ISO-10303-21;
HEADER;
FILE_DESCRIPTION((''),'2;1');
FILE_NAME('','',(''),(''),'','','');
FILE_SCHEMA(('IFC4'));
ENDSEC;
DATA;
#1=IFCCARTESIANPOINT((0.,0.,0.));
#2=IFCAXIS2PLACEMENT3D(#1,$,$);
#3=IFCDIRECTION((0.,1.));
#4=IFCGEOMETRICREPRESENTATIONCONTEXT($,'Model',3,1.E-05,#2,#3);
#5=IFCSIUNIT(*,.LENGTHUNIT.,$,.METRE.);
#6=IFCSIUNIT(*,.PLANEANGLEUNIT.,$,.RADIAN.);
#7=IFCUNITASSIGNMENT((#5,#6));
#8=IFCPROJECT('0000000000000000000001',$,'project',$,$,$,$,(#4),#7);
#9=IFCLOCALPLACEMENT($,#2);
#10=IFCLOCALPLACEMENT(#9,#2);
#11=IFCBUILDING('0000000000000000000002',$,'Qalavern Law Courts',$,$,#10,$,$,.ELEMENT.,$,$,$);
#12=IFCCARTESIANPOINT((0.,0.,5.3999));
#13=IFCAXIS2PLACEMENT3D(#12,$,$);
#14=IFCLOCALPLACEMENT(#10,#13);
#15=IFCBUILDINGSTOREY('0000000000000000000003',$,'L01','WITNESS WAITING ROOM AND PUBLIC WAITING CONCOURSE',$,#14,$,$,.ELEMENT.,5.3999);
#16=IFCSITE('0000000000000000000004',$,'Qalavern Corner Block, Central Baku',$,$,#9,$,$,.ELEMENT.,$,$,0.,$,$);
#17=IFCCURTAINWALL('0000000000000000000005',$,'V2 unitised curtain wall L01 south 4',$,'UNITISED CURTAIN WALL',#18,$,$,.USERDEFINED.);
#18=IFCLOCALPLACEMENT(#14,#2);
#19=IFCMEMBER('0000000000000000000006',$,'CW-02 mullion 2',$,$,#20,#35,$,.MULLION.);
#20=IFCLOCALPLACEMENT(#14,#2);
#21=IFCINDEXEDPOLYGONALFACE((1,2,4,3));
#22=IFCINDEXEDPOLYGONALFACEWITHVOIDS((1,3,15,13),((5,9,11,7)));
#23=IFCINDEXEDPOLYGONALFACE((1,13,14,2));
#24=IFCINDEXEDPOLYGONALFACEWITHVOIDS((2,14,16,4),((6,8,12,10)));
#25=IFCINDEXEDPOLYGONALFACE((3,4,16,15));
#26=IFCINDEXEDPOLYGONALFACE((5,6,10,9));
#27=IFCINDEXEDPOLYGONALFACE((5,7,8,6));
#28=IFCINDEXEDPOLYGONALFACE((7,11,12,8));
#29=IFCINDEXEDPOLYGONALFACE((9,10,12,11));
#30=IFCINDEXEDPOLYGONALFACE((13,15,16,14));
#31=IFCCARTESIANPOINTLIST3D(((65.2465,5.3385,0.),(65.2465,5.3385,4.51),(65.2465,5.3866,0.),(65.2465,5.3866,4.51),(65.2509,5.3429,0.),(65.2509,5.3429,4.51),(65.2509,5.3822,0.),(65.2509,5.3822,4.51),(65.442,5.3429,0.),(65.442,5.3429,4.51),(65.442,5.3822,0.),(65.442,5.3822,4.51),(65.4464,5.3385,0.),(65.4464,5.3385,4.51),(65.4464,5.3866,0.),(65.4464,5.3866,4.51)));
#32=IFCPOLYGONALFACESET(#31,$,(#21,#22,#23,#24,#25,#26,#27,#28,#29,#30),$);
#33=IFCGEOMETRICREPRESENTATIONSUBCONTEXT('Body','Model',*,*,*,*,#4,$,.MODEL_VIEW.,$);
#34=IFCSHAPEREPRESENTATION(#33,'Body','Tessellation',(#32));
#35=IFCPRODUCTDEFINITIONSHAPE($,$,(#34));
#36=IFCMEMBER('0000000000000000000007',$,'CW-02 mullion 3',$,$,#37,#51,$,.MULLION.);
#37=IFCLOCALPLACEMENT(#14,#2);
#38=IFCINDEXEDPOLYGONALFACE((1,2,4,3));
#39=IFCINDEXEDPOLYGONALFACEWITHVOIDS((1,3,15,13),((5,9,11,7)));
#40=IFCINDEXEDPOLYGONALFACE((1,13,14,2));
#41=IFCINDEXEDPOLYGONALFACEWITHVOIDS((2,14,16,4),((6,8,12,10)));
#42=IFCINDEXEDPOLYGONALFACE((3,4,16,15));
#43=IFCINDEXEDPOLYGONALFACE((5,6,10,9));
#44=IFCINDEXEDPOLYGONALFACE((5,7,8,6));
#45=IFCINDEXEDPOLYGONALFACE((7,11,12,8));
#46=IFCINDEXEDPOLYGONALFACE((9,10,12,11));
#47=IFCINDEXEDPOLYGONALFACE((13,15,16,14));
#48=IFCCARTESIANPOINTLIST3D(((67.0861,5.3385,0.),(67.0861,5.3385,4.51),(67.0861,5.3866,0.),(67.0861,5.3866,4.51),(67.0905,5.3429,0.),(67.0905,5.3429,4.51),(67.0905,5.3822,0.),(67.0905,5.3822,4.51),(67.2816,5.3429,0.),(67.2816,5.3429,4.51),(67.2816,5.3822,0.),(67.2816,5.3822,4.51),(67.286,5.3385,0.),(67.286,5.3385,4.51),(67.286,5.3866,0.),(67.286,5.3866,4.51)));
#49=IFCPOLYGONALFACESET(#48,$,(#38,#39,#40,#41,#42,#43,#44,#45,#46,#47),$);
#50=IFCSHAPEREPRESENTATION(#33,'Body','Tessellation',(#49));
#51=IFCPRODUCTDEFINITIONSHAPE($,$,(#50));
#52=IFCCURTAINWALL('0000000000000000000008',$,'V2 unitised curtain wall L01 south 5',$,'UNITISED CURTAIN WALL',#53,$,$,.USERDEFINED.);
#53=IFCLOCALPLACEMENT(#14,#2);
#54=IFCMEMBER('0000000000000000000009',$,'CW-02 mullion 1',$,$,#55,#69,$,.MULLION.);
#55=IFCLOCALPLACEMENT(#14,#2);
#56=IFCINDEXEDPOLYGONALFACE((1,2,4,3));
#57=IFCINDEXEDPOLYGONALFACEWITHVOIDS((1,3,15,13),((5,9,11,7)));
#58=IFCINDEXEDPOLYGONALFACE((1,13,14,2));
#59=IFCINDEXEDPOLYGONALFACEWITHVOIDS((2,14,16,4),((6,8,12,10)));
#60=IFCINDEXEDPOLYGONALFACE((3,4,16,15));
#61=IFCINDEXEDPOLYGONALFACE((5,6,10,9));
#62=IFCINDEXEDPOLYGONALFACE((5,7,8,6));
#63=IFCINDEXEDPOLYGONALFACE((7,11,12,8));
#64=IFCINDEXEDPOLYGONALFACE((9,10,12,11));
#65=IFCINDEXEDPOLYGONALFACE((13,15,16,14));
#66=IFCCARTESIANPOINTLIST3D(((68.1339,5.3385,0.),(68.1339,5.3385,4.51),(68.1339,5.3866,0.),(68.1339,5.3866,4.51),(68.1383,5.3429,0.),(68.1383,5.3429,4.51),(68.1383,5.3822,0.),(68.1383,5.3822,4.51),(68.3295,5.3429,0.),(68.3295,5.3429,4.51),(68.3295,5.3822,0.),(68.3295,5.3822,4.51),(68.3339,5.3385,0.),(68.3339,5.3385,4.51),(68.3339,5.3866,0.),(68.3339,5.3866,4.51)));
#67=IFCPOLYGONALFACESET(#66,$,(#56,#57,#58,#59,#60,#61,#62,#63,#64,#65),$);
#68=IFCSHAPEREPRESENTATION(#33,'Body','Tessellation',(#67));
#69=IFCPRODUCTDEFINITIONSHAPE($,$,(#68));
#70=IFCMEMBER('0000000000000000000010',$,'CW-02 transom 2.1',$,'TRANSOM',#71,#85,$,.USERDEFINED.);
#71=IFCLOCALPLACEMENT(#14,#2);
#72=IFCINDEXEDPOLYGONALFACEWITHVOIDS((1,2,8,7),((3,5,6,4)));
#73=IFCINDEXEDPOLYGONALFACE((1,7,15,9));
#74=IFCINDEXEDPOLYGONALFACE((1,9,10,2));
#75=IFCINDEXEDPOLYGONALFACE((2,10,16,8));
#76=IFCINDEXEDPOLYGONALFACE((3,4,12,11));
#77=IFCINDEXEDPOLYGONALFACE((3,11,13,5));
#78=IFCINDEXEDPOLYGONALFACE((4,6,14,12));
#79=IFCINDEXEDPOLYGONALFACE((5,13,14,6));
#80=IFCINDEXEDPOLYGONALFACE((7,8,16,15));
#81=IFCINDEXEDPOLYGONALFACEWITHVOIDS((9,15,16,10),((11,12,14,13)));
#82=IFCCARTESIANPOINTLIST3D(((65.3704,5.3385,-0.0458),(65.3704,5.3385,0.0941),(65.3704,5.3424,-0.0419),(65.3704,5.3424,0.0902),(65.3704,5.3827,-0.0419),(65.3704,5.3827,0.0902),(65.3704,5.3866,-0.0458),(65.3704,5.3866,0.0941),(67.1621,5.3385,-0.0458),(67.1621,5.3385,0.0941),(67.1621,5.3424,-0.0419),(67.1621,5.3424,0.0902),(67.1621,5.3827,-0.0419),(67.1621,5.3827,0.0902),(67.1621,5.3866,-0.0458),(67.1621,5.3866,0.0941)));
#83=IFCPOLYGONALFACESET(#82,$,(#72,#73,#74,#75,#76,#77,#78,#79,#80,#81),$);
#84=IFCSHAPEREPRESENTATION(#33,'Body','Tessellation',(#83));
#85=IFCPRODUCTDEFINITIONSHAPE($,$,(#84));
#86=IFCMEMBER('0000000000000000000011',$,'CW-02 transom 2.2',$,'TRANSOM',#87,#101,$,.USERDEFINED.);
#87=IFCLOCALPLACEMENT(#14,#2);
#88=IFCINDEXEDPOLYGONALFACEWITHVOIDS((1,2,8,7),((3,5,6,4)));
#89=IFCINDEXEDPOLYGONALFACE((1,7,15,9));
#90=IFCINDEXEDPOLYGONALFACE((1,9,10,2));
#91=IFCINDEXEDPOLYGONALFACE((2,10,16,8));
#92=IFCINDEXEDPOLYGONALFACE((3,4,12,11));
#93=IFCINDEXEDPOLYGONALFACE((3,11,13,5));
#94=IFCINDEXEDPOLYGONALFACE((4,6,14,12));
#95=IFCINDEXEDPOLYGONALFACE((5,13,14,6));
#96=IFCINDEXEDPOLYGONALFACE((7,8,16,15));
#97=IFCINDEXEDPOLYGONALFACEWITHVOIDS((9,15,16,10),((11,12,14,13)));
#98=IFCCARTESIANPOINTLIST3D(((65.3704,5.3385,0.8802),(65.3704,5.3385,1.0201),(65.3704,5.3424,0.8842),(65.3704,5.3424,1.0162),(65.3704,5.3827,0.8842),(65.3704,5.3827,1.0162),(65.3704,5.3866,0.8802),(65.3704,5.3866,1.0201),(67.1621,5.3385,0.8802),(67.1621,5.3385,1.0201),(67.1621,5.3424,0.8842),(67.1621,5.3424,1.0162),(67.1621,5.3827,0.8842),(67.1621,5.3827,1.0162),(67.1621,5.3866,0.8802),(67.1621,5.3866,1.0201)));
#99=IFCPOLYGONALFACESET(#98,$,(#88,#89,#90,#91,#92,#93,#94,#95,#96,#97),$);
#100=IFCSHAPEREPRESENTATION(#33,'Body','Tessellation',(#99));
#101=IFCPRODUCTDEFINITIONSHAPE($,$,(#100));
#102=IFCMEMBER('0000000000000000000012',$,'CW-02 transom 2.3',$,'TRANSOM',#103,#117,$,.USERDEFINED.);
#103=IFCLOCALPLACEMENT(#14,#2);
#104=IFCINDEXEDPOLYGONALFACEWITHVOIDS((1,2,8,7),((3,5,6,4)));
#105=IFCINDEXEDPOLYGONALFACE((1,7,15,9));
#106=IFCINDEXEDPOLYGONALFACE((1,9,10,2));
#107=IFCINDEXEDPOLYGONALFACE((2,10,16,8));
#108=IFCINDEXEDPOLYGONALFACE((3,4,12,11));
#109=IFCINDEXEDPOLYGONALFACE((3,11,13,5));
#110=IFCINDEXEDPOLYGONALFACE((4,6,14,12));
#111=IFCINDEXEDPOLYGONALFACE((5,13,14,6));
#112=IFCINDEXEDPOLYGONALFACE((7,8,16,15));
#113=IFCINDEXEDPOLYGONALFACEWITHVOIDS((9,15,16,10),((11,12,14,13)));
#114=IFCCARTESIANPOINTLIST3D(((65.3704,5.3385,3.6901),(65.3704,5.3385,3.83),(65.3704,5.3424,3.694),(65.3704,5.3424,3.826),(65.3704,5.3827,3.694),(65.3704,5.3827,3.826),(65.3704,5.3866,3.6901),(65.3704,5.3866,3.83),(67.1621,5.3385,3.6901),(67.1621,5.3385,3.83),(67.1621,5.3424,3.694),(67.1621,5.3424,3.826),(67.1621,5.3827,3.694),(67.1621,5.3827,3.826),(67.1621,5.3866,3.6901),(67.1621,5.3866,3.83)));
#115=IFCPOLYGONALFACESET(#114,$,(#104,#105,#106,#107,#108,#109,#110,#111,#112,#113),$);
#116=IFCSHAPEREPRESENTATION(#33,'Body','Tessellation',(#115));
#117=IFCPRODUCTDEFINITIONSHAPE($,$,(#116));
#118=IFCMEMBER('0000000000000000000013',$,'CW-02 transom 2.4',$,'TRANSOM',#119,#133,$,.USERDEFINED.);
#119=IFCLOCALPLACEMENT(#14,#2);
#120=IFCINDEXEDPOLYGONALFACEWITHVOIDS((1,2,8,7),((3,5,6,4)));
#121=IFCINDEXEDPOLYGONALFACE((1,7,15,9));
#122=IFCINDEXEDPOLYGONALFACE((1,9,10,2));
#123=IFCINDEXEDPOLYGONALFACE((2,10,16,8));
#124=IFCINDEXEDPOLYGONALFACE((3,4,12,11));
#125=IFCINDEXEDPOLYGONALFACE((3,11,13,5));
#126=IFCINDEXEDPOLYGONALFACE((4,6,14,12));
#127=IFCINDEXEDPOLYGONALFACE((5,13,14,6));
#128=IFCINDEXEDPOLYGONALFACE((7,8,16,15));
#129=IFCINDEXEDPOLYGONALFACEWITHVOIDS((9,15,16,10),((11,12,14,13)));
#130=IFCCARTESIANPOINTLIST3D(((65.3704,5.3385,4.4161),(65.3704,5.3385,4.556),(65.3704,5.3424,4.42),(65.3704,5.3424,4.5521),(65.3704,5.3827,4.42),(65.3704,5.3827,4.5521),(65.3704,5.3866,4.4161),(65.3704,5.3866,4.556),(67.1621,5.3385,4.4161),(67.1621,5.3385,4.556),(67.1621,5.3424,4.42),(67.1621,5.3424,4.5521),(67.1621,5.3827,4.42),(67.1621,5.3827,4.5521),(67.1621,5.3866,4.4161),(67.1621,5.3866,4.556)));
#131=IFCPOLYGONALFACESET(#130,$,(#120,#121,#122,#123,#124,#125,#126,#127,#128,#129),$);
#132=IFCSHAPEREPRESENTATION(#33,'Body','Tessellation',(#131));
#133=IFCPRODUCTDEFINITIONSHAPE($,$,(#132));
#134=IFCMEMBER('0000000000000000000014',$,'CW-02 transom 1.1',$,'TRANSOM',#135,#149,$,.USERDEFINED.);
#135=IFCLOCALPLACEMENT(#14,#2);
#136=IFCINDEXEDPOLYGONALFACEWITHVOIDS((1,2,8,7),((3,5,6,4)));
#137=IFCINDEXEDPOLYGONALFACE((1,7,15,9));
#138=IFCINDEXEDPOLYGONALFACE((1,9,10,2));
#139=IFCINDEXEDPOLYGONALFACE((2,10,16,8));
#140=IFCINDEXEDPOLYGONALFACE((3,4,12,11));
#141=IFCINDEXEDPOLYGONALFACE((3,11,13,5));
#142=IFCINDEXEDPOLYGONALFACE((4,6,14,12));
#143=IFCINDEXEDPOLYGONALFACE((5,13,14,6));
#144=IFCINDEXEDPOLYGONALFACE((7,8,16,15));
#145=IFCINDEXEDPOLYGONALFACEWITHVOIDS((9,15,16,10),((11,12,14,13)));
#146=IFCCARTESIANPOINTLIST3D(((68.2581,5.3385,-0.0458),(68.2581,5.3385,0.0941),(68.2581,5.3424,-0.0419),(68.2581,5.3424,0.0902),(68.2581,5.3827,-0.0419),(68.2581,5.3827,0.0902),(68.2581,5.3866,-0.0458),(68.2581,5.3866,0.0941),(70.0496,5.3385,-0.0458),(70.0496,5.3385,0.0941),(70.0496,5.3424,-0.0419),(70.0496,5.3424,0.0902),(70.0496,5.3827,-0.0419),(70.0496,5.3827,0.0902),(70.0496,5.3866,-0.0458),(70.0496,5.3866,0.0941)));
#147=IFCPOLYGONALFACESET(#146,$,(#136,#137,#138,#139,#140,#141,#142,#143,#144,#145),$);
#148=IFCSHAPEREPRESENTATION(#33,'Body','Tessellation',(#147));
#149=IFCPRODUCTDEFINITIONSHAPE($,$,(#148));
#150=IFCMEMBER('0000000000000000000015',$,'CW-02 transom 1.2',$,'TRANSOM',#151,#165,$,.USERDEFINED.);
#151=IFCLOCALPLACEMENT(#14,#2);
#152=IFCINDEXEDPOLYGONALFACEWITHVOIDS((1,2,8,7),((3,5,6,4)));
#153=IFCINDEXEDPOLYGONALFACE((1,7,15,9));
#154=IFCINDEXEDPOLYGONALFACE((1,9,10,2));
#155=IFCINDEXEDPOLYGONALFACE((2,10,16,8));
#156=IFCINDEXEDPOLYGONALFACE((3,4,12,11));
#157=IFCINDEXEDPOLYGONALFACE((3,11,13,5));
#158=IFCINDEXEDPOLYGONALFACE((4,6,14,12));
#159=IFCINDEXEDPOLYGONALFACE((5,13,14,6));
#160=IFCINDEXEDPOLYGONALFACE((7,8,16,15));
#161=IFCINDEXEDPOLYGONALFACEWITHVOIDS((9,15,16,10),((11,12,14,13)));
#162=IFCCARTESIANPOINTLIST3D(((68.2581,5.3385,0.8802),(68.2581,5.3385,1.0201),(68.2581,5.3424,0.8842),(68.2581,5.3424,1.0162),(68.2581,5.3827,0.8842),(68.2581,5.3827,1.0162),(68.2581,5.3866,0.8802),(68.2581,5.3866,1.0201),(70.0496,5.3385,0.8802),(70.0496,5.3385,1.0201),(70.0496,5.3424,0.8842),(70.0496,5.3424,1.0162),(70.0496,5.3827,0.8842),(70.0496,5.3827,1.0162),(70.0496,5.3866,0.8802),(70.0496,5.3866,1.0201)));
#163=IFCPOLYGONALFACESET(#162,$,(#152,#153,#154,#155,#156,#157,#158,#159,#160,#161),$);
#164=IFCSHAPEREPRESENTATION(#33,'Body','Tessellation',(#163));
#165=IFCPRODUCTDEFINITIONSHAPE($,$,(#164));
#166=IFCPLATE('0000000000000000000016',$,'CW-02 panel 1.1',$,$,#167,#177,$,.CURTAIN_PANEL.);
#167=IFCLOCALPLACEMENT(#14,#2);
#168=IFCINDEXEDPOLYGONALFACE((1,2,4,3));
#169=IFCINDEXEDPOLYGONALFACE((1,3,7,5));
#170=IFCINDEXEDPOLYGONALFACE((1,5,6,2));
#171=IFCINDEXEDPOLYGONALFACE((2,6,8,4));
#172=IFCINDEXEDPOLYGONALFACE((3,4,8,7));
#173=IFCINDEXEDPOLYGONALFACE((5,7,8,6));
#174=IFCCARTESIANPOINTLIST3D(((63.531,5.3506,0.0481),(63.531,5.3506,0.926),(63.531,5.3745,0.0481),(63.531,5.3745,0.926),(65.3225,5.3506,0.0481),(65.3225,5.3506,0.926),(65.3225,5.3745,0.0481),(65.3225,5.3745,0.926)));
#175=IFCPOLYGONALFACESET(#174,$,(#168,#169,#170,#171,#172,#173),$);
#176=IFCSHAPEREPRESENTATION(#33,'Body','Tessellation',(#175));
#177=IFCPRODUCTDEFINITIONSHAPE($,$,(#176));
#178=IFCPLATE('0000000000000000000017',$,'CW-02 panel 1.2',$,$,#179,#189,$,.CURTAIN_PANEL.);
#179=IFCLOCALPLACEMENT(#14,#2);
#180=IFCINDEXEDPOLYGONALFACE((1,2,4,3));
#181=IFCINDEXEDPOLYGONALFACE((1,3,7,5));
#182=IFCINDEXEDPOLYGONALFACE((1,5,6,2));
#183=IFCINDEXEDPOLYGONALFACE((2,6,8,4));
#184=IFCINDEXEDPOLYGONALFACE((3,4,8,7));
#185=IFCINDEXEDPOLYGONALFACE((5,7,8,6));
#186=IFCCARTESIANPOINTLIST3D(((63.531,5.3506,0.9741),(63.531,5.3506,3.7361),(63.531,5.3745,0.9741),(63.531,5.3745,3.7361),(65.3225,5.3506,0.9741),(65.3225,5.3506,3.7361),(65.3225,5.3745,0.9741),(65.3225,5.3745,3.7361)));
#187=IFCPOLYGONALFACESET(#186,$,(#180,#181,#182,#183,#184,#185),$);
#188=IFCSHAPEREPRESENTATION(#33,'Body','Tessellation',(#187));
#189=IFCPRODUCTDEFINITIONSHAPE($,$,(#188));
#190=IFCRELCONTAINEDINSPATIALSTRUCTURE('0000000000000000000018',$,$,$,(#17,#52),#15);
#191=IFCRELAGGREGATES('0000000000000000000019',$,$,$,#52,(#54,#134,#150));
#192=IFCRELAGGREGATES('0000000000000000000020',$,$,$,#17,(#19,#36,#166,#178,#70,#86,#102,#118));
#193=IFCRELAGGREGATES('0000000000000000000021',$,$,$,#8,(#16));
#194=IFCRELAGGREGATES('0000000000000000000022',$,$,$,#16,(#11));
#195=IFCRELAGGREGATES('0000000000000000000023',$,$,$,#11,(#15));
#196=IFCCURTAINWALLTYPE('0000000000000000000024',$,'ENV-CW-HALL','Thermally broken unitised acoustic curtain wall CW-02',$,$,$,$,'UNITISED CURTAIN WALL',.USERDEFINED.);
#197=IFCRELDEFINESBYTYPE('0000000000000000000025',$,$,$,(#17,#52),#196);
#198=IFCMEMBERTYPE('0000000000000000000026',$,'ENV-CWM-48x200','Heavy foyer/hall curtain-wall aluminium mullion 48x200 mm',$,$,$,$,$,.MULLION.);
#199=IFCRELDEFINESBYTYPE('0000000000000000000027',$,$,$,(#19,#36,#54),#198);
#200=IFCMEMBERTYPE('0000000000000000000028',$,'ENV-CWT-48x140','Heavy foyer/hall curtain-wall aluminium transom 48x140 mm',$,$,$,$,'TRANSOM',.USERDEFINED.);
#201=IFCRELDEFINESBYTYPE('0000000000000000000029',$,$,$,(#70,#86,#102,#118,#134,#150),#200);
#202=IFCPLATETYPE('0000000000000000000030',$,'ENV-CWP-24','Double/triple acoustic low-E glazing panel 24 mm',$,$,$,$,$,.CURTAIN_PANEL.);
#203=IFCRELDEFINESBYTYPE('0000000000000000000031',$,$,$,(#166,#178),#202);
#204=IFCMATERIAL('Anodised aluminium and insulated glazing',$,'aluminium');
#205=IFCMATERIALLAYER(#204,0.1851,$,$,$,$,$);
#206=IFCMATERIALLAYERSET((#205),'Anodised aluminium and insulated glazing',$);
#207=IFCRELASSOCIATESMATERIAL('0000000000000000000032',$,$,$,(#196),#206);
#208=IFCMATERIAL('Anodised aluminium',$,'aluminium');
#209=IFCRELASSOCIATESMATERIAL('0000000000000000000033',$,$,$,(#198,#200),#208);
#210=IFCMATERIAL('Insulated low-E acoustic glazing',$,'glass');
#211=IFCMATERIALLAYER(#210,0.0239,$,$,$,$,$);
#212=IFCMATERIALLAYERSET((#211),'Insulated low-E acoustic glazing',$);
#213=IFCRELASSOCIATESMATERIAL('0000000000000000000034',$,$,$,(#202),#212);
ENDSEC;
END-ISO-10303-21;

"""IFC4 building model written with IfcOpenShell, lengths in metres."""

from ifc_helpers import new_model, si_unit, direction, frame, origin, origin_2d, place, context, subcontext, project, spatial, rectangle, hollow_rectangle, extrude, material, layer, layer_set, material_profile, profile_set, type_object, element, aggregate, save


model = new_model("IFC4")

# Units and contexts
model_context = context("Model", 3, precision=1e-05, world=origin(), true_north=direction((0.0, 1.0)))
body_context = subcontext(model_context, "Body", "Model", "MODEL_VIEW")
ifc_project = project(units=[si_unit("LENGTHUNIT", "METRE"), si_unit("PLANEANGLEUNIT", "RADIAN")], contexts=[model_context])

# Site, building, storey
site_placement = place(None, origin())
site = spatial("IfcSite", under=ifc_project, at=site_placement, Name="Qalavern Corner Block, Central Baku", CompositionType="ELEMENT", RefElevation=0.0)
building_placement = place(site_placement, origin())
building = spatial("IfcBuilding", under=site, at=building_placement, Name="Qalavern Law Courts", CompositionType="ELEMENT")
storey_placement = place(building_placement, frame((0.0, 0.0, 5.3999)))
storey = spatial("IfcBuildingStorey", under=building, at=storey_placement, Name="L01", Description="WITNESS WAITING ROOM AND PUBLIC WAITING CONCOURSE", CompositionType="ELEMENT", Elevation=5.3999)

# Curtain wall, members
ifc_material_1 = material(Name="Anodised aluminium and insulated glazing", Category="aluminium")
ifc_layer_1 = layer(ifc_material_1, 0.1851)
ifc_layer_set_1 = layer_set([ifc_layer_1], Name="Anodised aluminium and insulated glazing")
curtain_wall_type = type_object("IfcCurtainWallType", Name="ENV-CW-HALL", Description="Thermally broken unitised acoustic curtain wall CW-02", ElementType="UNITISED CURTAIN WALL", PredefinedType="USERDEFINED", material=ifc_layer_set_1)
curtain_wall_1_placement = place(storey_placement, origin())
curtain_wall_1 = element("IfcCurtainWall", 1, at=curtain_wall_1_placement, inside=storey, type_object=curtain_wall_type, Name="V2 unitised curtain wall L01 south 4", ObjectType="UNITISED CURTAIN WALL", PredefinedType="USERDEFINED")
ifc_material_2 = material(Name="Anodised aluminium", Category="aluminium")
ifc_material_profile_1 = material_profile(ifc_material_2, hollow_rectangle(XDim=0.0481, YDim=0.2, WallThickness=0.0044, at=origin_2d()), Name="ALU MULLION 48x200")
ifc_profile_set_1 = profile_set([ifc_material_profile_1], Name="Anodised aluminium")
member_type_1 = type_object("IfcMemberType", Name="ENV-CWM-48x200", Description="Heavy foyer/hall curtain-wall aluminium mullion 48x200 mm", PredefinedType="MULLION", material=ifc_profile_set_1)
member_1_placement = place(storey_placement, frame((65.3464, 5.3625, 0.0), z_axis=(0.0, 0.0, 1.0), x_axis=(0.0, 1.0, 0.0)))
member_1 = element("IfcMember", 2, at=member_1_placement, type_object=member_type_1, Name="CW-02 mullion 2", PredefinedType="MULLION", context=body_context, shape_type="SweptSolid", body=[
    extrude(hollow_rectangle(XDim=0.0481, YDim=0.2, WallThickness=0.0044, at=origin_2d()), origin(), (0.0, 0.0, 1.0), 4.51),
])
member_2_placement = place(storey_placement, frame((67.186, 5.3625, 0.0), z_axis=(0.0, 0.0, 1.0), x_axis=(0.0, 1.0, 0.0)))
member_2 = element("IfcMember", 3, at=member_2_placement, type_object=member_type_1, Name="CW-02 mullion 3", PredefinedType="MULLION", context=body_context, shape_type="SweptSolid", body=[
    extrude(hollow_rectangle(XDim=0.0481, YDim=0.2, WallThickness=0.0044, at=origin_2d()), origin(), (0.0, 0.0, 1.0), 4.51),
])

# Curtain wall, member
curtain_wall_2_placement = place(storey_placement, origin())
curtain_wall_2 = element("IfcCurtainWall", 4, at=curtain_wall_2_placement, inside=storey, type_object=curtain_wall_type, Name="V2 unitised curtain wall L01 south 5", ObjectType="UNITISED CURTAIN WALL", PredefinedType="USERDEFINED")
member_3_placement = place(storey_placement, frame((68.2339, 5.3625, 0.0), z_axis=(0.0, 0.0, 1.0), x_axis=(0.0, 1.0, 0.0)))
member_3 = element("IfcMember", 5, at=member_3_placement, type_object=member_type_1, Name="CW-02 mullion 1", PredefinedType="MULLION", context=body_context, shape_type="SweptSolid", body=[
    extrude(hollow_rectangle(XDim=0.0481, YDim=0.2, WallThickness=0.0044, at=origin_2d()), origin(), (0.0, 0.0, 1.0), 4.51),
])

# Members
ifc_material_profile_2 = material_profile(ifc_material_2, hollow_rectangle(XDim=0.0481, YDim=0.1399, WallThickness=0.0039, at=origin_2d()), Name="ALU TRANSOM 48x140")
ifc_profile_set_2 = profile_set([ifc_material_profile_2], Name="Anodised aluminium")
member_type_2 = type_object("IfcMemberType", Name="ENV-CWT-48x140", Description="Heavy foyer/hall curtain-wall aluminium transom 48x140 mm", ElementType="TRANSOM", PredefinedType="USERDEFINED", material=ifc_profile_set_2)
member_4_placement = place(storey_placement, frame((65.3704, 5.3625, 0.0242), z_axis=(1.0, 0.0, 0.0), x_axis=(0.0, 1.0, 0.0)))
member_4 = element("IfcMember", 6, at=member_4_placement, type_object=member_type_2, Name="CW-02 transom 2.1", ObjectType="TRANSOM", PredefinedType="USERDEFINED", context=body_context, shape_type="SweptSolid", body=[
    extrude(hollow_rectangle(XDim=0.0481, YDim=0.1399, WallThickness=0.0039, at=origin_2d()), origin(), (0.0, 0.0, 1.0), 1.7917),
])
member_5_placement = place(storey_placement, frame((65.3704, 5.3625, 0.9502), z_axis=(1.0, 0.0, 0.0), x_axis=(0.0, 1.0, 0.0)))
member_5 = element("IfcMember", 7, at=member_5_placement, type_object=member_type_2, Name="CW-02 transom 2.2", ObjectType="TRANSOM", PredefinedType="USERDEFINED", context=body_context, shape_type="SweptSolid", body=[
    extrude(hollow_rectangle(XDim=0.0481, YDim=0.1399, WallThickness=0.0039, at=origin_2d()), origin(), (0.0, 0.0, 1.0), 1.7917),
])
member_6_placement = place(storey_placement, frame((65.3704, 5.3625, 3.76), z_axis=(1.0, 0.0, 0.0), x_axis=(0.0, 1.0, 0.0)))
member_6 = element("IfcMember", 8, at=member_6_placement, type_object=member_type_2, Name="CW-02 transom 2.3", ObjectType="TRANSOM", PredefinedType="USERDEFINED", context=body_context, shape_type="SweptSolid", body=[
    extrude(hollow_rectangle(XDim=0.0481, YDim=0.1399, WallThickness=0.0039, at=origin_2d()), origin(), (0.0, 0.0, 1.0), 1.7917),
])
member_7_placement = place(storey_placement, frame((65.3704, 5.3625, 4.4861), z_axis=(1.0, 0.0, 0.0), x_axis=(0.0, 1.0, 0.0)))
member_7 = element("IfcMember", 9, at=member_7_placement, type_object=member_type_2, Name="CW-02 transom 2.4", ObjectType="TRANSOM", PredefinedType="USERDEFINED", context=body_context, shape_type="SweptSolid", body=[
    extrude(hollow_rectangle(XDim=0.0481, YDim=0.1399, WallThickness=0.0039, at=origin_2d()), origin(), (0.0, 0.0, 1.0), 1.7917),
])
member_8_placement = place(storey_placement, frame((68.2581, 5.3625, 0.0242), z_axis=(1.0, 0.0, 0.0), x_axis=(0.0, 1.0, 0.0)))
member_8 = element("IfcMember", 10, at=member_8_placement, type_object=member_type_2, Name="CW-02 transom 1.1", ObjectType="TRANSOM", PredefinedType="USERDEFINED", context=body_context, shape_type="SweptSolid", body=[
    extrude(hollow_rectangle(XDim=0.0481, YDim=0.1399, WallThickness=0.0039, at=origin_2d()), origin(), (0.0, 0.0, 1.0), 1.7915),
])
member_9_placement = place(storey_placement, frame((68.2581, 5.3625, 0.9502), z_axis=(1.0, 0.0, 0.0), x_axis=(0.0, 1.0, 0.0)))
member_9 = element("IfcMember", 11, at=member_9_placement, type_object=member_type_2, Name="CW-02 transom 1.2", ObjectType="TRANSOM", PredefinedType="USERDEFINED", context=body_context, shape_type="SweptSolid", body=[
    extrude(hollow_rectangle(XDim=0.0481, YDim=0.1399, WallThickness=0.0039, at=origin_2d()), origin(), (0.0, 0.0, 1.0), 1.7915),
])
aggregate(curtain_wall_2, [member_3, member_8, member_9])

# Plates
ifc_material_3 = material(Name="Insulated low-E acoustic glazing", Category="glass")
ifc_layer_2 = layer(ifc_material_3, 0.0239)
ifc_layer_set_2 = layer_set([ifc_layer_2], Name="Insulated low-E acoustic glazing")
plate_type = type_object("IfcPlateType", Name="ENV-CWP-24", Description="Double/triple acoustic low-E glazing panel 24 mm", PredefinedType="CURTAIN_PANEL", material=ifc_layer_set_2)
plate_1_placement = place(storey_placement, frame((64.4268, 5.3625, 0.0481), z_axis=(0.0, 0.0, 1.0), x_axis=(1.0, 0.0, 0.0)))
plate_1 = element("IfcPlate", 12, at=plate_1_placement, type_object=plate_type, Name="CW-02 panel 1.1", PredefinedType="CURTAIN_PANEL", context=body_context, shape_type="SweptSolid", body=[
    extrude(rectangle(XDim=1.7915, YDim=0.0239, at=origin_2d()), origin(), (0.0, 0.0, 1.0), 0.8779),
])
plate_2_placement = place(storey_placement, frame((64.4268, 5.3625, 0.9741), z_axis=(0.0, 0.0, 1.0), x_axis=(1.0, 0.0, 0.0)))
plate_2 = element("IfcPlate", 13, at=plate_2_placement, type_object=plate_type, Name="CW-02 panel 1.2", PredefinedType="CURTAIN_PANEL", context=body_context, shape_type="SweptSolid", body=[
    extrude(rectangle(XDim=1.7915, YDim=0.0239, at=origin_2d()), origin(), (0.0, 0.0, 1.0), 2.762),
])
aggregate(curtain_wall_1, [member_1, member_2, plate_1, plate_2, member_4, member_5, member_6, member_7])

save(model, "model.ifc")
